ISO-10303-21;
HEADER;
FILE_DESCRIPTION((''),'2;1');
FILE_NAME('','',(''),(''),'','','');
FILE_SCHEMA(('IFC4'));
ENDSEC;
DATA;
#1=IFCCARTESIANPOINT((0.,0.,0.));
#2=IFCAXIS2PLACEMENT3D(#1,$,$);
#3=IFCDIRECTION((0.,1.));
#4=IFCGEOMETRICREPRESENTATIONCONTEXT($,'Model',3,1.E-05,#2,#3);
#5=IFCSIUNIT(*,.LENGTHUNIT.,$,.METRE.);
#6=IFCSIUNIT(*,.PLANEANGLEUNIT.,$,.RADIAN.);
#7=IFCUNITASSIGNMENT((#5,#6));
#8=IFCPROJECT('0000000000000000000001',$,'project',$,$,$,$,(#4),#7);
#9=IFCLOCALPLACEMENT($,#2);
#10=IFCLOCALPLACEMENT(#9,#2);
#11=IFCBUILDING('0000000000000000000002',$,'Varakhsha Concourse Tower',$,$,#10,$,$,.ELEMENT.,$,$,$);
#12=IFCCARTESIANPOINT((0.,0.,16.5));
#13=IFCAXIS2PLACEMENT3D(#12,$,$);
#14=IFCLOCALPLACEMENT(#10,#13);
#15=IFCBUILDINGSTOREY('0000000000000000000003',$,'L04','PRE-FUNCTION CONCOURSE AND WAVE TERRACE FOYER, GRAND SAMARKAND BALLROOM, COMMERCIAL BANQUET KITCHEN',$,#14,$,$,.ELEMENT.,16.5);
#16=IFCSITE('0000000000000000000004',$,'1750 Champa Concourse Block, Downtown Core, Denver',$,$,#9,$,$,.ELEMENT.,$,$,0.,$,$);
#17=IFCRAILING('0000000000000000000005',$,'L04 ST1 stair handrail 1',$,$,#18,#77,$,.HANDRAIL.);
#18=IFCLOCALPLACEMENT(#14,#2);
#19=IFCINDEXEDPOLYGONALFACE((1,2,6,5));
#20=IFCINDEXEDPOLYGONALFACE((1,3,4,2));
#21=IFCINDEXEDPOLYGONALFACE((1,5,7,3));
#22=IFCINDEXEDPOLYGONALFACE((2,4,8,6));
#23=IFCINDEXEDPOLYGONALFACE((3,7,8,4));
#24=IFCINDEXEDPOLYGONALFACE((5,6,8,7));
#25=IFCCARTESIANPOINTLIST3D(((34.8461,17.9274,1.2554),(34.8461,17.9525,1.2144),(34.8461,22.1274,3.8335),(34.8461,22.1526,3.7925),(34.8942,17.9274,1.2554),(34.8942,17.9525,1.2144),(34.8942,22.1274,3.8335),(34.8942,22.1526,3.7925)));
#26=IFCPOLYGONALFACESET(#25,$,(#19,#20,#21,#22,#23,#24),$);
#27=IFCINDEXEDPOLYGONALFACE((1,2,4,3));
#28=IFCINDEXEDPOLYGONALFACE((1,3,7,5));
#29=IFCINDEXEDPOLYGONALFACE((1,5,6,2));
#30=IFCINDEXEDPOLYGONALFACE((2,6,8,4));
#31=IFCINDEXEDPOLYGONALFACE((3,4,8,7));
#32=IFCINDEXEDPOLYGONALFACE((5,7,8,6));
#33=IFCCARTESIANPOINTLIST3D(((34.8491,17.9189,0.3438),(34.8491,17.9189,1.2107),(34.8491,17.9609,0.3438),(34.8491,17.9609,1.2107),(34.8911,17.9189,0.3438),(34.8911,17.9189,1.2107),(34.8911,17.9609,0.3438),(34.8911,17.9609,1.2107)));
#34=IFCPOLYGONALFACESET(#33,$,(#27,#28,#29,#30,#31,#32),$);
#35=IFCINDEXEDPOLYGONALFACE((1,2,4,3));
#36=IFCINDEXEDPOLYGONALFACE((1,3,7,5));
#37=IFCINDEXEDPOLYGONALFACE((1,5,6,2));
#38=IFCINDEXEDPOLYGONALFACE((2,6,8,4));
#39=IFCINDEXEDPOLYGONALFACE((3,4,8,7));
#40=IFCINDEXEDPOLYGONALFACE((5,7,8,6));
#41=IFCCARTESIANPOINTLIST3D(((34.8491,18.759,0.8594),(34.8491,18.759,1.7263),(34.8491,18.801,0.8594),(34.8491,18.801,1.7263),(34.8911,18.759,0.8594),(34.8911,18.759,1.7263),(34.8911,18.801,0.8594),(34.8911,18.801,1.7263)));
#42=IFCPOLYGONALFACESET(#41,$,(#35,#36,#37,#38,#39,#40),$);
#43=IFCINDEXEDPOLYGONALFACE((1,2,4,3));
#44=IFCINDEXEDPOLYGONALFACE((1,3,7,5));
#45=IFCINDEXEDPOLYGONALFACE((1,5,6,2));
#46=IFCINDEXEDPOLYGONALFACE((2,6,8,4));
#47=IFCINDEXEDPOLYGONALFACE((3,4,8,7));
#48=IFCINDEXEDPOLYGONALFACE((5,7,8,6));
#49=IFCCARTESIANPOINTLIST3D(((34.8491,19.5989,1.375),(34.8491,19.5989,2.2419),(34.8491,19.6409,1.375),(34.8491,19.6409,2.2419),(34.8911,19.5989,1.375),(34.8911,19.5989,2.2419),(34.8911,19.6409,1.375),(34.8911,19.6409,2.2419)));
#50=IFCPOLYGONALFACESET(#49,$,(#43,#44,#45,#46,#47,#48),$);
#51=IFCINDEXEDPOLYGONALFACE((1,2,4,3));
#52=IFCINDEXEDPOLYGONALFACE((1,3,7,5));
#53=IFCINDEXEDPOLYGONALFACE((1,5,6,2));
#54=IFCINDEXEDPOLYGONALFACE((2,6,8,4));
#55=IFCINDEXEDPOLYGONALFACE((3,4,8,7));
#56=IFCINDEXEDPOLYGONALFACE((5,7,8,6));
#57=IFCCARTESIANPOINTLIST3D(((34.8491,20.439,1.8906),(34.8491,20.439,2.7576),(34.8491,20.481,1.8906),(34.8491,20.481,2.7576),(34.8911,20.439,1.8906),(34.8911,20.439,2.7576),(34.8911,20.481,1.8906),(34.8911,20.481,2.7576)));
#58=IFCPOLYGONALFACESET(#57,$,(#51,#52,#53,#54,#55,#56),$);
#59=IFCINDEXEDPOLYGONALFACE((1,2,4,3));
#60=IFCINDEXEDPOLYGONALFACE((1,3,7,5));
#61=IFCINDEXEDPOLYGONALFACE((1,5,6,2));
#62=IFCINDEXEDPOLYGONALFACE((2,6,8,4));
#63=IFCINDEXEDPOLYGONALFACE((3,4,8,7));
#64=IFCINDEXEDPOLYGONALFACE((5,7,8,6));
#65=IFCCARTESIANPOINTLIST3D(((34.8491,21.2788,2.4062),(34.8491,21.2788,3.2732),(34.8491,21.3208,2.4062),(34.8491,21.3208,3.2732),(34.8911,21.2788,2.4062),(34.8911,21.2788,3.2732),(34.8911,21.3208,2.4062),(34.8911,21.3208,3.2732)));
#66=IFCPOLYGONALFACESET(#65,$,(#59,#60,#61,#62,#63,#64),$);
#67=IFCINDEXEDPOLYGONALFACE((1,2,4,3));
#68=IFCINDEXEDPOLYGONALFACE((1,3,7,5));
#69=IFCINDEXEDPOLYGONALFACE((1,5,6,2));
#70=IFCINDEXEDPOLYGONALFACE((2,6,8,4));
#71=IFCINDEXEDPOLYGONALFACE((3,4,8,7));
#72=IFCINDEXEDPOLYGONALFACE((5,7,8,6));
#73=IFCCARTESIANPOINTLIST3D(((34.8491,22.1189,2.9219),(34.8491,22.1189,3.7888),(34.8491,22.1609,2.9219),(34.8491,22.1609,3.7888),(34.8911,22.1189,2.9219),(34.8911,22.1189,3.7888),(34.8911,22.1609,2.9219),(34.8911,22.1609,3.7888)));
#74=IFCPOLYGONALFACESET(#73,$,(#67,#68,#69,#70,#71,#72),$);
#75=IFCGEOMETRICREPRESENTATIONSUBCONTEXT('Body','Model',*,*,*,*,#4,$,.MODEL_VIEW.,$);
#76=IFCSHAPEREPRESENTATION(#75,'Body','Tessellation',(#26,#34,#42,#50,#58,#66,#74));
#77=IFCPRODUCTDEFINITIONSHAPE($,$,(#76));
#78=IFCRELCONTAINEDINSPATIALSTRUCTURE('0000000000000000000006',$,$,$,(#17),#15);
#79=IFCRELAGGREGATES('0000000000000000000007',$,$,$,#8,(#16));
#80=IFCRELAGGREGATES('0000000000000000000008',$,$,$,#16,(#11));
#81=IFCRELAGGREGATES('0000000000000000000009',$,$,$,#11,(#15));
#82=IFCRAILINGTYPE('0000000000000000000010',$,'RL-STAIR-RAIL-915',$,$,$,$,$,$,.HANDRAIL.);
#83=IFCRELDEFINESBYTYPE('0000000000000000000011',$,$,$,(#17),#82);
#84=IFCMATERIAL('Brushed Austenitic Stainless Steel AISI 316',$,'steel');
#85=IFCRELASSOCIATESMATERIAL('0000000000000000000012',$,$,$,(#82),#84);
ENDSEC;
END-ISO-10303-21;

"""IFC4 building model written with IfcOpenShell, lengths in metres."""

from ifc_helpers import new_model, si_unit, direction, frame, origin, origin_2d, place, context, subcontext, project, spatial, rectangle, extrude, material, type_object, element, save


model = new_model("IFC4")

# Units and contexts
model_context = context("Model", 3, precision=1e-05, world=origin(), true_north=direction((0.0, 1.0)))
body_context = subcontext(model_context, "Body", "Model", "MODEL_VIEW")
ifc_project = project(units=[si_unit("LENGTHUNIT", "METRE"), si_unit("PLANEANGLEUNIT", "RADIAN")], contexts=[model_context])

# Site, building, storey
site_placement = place(None, origin())
site = spatial("IfcSite", under=ifc_project, at=site_placement, Name="1750 Champa Concourse Block, Downtown Core, Denver", CompositionType="ELEMENT", RefElevation=0.0)
building_placement = place(site_placement, origin())
building = spatial("IfcBuilding", under=site, at=building_placement, Name="Varakhsha Concourse Tower", CompositionType="ELEMENT")
storey_placement = place(building_placement, frame((0.0, 0.0, 16.5)))
storey = spatial("IfcBuildingStorey", under=building, at=storey_placement, Name="L04", Description="PRE-FUNCTION CONCOURSE AND WAVE TERRACE FOYER, GRAND SAMARKAND BALLROOM, COMMERCIAL BANQUET KITCHEN", CompositionType="ELEMENT", Elevation=16.5)

# Railing
ifc_material_1 = material(Name="Brushed Austenitic Stainless Steel AISI 316", Category="steel")
railing_type_1 = type_object("IfcRailingType", Name="RL-STAIR-RAIL-915", PredefinedType="HANDRAIL", material=ifc_material_1)
railing_1_placement = place(storey_placement, frame((34.8701, 17.9399, 0.3438)))
element("IfcRailing", 1, at=railing_1_placement, inside=storey, type_object=railing_type_1, Name="L04 ST1 stair handrail 1", PredefinedType="HANDRAIL", context=body_context, shape_type="SweptSolid", body=[
    extrude(rectangle(XDim=0.0481, YDim=0.0481, at=origin_2d()), frame((0.0, 0.0, 0.8911), z_axis=(0.0, 0.852243, 0.523146), x_axis=(-1.0, 0.0, 0.0)), (0.0, 0.0, 1.0), 4.9282),
    extrude(rectangle(XDim=0.042, YDim=0.042, at=origin_2d()), origin(), (0.0, 0.0, 1.0), 0.8669),
    extrude(rectangle(XDim=0.042, YDim=0.042, at=origin_2d()), frame((0.0, 0.8401, 0.5156)), (0.0, 0.0, 1.0), 0.8669),
    extrude(rectangle(XDim=0.042, YDim=0.042, at=origin_2d()), frame((0.0, 1.6799, 1.0312)), (0.0, 0.0, 1.0), 0.8669),
    extrude(rectangle(XDim=0.042, YDim=0.042, at=origin_2d()), frame((0.0, 2.52, 1.5469)), (0.0, 0.0, 1.0), 0.8669),
    extrude(rectangle(XDim=0.042, YDim=0.042, at=origin_2d()), frame((0.0, 3.3599, 2.0625)), (0.0, 0.0, 1.0), 0.8669),
    extrude(rectangle(XDim=0.042, YDim=0.042, at=origin_2d()), frame((0.0, 4.2, 2.5781)), (0.0, 0.0, 1.0), 0.8669),
])

save(model, "model.ifc")
